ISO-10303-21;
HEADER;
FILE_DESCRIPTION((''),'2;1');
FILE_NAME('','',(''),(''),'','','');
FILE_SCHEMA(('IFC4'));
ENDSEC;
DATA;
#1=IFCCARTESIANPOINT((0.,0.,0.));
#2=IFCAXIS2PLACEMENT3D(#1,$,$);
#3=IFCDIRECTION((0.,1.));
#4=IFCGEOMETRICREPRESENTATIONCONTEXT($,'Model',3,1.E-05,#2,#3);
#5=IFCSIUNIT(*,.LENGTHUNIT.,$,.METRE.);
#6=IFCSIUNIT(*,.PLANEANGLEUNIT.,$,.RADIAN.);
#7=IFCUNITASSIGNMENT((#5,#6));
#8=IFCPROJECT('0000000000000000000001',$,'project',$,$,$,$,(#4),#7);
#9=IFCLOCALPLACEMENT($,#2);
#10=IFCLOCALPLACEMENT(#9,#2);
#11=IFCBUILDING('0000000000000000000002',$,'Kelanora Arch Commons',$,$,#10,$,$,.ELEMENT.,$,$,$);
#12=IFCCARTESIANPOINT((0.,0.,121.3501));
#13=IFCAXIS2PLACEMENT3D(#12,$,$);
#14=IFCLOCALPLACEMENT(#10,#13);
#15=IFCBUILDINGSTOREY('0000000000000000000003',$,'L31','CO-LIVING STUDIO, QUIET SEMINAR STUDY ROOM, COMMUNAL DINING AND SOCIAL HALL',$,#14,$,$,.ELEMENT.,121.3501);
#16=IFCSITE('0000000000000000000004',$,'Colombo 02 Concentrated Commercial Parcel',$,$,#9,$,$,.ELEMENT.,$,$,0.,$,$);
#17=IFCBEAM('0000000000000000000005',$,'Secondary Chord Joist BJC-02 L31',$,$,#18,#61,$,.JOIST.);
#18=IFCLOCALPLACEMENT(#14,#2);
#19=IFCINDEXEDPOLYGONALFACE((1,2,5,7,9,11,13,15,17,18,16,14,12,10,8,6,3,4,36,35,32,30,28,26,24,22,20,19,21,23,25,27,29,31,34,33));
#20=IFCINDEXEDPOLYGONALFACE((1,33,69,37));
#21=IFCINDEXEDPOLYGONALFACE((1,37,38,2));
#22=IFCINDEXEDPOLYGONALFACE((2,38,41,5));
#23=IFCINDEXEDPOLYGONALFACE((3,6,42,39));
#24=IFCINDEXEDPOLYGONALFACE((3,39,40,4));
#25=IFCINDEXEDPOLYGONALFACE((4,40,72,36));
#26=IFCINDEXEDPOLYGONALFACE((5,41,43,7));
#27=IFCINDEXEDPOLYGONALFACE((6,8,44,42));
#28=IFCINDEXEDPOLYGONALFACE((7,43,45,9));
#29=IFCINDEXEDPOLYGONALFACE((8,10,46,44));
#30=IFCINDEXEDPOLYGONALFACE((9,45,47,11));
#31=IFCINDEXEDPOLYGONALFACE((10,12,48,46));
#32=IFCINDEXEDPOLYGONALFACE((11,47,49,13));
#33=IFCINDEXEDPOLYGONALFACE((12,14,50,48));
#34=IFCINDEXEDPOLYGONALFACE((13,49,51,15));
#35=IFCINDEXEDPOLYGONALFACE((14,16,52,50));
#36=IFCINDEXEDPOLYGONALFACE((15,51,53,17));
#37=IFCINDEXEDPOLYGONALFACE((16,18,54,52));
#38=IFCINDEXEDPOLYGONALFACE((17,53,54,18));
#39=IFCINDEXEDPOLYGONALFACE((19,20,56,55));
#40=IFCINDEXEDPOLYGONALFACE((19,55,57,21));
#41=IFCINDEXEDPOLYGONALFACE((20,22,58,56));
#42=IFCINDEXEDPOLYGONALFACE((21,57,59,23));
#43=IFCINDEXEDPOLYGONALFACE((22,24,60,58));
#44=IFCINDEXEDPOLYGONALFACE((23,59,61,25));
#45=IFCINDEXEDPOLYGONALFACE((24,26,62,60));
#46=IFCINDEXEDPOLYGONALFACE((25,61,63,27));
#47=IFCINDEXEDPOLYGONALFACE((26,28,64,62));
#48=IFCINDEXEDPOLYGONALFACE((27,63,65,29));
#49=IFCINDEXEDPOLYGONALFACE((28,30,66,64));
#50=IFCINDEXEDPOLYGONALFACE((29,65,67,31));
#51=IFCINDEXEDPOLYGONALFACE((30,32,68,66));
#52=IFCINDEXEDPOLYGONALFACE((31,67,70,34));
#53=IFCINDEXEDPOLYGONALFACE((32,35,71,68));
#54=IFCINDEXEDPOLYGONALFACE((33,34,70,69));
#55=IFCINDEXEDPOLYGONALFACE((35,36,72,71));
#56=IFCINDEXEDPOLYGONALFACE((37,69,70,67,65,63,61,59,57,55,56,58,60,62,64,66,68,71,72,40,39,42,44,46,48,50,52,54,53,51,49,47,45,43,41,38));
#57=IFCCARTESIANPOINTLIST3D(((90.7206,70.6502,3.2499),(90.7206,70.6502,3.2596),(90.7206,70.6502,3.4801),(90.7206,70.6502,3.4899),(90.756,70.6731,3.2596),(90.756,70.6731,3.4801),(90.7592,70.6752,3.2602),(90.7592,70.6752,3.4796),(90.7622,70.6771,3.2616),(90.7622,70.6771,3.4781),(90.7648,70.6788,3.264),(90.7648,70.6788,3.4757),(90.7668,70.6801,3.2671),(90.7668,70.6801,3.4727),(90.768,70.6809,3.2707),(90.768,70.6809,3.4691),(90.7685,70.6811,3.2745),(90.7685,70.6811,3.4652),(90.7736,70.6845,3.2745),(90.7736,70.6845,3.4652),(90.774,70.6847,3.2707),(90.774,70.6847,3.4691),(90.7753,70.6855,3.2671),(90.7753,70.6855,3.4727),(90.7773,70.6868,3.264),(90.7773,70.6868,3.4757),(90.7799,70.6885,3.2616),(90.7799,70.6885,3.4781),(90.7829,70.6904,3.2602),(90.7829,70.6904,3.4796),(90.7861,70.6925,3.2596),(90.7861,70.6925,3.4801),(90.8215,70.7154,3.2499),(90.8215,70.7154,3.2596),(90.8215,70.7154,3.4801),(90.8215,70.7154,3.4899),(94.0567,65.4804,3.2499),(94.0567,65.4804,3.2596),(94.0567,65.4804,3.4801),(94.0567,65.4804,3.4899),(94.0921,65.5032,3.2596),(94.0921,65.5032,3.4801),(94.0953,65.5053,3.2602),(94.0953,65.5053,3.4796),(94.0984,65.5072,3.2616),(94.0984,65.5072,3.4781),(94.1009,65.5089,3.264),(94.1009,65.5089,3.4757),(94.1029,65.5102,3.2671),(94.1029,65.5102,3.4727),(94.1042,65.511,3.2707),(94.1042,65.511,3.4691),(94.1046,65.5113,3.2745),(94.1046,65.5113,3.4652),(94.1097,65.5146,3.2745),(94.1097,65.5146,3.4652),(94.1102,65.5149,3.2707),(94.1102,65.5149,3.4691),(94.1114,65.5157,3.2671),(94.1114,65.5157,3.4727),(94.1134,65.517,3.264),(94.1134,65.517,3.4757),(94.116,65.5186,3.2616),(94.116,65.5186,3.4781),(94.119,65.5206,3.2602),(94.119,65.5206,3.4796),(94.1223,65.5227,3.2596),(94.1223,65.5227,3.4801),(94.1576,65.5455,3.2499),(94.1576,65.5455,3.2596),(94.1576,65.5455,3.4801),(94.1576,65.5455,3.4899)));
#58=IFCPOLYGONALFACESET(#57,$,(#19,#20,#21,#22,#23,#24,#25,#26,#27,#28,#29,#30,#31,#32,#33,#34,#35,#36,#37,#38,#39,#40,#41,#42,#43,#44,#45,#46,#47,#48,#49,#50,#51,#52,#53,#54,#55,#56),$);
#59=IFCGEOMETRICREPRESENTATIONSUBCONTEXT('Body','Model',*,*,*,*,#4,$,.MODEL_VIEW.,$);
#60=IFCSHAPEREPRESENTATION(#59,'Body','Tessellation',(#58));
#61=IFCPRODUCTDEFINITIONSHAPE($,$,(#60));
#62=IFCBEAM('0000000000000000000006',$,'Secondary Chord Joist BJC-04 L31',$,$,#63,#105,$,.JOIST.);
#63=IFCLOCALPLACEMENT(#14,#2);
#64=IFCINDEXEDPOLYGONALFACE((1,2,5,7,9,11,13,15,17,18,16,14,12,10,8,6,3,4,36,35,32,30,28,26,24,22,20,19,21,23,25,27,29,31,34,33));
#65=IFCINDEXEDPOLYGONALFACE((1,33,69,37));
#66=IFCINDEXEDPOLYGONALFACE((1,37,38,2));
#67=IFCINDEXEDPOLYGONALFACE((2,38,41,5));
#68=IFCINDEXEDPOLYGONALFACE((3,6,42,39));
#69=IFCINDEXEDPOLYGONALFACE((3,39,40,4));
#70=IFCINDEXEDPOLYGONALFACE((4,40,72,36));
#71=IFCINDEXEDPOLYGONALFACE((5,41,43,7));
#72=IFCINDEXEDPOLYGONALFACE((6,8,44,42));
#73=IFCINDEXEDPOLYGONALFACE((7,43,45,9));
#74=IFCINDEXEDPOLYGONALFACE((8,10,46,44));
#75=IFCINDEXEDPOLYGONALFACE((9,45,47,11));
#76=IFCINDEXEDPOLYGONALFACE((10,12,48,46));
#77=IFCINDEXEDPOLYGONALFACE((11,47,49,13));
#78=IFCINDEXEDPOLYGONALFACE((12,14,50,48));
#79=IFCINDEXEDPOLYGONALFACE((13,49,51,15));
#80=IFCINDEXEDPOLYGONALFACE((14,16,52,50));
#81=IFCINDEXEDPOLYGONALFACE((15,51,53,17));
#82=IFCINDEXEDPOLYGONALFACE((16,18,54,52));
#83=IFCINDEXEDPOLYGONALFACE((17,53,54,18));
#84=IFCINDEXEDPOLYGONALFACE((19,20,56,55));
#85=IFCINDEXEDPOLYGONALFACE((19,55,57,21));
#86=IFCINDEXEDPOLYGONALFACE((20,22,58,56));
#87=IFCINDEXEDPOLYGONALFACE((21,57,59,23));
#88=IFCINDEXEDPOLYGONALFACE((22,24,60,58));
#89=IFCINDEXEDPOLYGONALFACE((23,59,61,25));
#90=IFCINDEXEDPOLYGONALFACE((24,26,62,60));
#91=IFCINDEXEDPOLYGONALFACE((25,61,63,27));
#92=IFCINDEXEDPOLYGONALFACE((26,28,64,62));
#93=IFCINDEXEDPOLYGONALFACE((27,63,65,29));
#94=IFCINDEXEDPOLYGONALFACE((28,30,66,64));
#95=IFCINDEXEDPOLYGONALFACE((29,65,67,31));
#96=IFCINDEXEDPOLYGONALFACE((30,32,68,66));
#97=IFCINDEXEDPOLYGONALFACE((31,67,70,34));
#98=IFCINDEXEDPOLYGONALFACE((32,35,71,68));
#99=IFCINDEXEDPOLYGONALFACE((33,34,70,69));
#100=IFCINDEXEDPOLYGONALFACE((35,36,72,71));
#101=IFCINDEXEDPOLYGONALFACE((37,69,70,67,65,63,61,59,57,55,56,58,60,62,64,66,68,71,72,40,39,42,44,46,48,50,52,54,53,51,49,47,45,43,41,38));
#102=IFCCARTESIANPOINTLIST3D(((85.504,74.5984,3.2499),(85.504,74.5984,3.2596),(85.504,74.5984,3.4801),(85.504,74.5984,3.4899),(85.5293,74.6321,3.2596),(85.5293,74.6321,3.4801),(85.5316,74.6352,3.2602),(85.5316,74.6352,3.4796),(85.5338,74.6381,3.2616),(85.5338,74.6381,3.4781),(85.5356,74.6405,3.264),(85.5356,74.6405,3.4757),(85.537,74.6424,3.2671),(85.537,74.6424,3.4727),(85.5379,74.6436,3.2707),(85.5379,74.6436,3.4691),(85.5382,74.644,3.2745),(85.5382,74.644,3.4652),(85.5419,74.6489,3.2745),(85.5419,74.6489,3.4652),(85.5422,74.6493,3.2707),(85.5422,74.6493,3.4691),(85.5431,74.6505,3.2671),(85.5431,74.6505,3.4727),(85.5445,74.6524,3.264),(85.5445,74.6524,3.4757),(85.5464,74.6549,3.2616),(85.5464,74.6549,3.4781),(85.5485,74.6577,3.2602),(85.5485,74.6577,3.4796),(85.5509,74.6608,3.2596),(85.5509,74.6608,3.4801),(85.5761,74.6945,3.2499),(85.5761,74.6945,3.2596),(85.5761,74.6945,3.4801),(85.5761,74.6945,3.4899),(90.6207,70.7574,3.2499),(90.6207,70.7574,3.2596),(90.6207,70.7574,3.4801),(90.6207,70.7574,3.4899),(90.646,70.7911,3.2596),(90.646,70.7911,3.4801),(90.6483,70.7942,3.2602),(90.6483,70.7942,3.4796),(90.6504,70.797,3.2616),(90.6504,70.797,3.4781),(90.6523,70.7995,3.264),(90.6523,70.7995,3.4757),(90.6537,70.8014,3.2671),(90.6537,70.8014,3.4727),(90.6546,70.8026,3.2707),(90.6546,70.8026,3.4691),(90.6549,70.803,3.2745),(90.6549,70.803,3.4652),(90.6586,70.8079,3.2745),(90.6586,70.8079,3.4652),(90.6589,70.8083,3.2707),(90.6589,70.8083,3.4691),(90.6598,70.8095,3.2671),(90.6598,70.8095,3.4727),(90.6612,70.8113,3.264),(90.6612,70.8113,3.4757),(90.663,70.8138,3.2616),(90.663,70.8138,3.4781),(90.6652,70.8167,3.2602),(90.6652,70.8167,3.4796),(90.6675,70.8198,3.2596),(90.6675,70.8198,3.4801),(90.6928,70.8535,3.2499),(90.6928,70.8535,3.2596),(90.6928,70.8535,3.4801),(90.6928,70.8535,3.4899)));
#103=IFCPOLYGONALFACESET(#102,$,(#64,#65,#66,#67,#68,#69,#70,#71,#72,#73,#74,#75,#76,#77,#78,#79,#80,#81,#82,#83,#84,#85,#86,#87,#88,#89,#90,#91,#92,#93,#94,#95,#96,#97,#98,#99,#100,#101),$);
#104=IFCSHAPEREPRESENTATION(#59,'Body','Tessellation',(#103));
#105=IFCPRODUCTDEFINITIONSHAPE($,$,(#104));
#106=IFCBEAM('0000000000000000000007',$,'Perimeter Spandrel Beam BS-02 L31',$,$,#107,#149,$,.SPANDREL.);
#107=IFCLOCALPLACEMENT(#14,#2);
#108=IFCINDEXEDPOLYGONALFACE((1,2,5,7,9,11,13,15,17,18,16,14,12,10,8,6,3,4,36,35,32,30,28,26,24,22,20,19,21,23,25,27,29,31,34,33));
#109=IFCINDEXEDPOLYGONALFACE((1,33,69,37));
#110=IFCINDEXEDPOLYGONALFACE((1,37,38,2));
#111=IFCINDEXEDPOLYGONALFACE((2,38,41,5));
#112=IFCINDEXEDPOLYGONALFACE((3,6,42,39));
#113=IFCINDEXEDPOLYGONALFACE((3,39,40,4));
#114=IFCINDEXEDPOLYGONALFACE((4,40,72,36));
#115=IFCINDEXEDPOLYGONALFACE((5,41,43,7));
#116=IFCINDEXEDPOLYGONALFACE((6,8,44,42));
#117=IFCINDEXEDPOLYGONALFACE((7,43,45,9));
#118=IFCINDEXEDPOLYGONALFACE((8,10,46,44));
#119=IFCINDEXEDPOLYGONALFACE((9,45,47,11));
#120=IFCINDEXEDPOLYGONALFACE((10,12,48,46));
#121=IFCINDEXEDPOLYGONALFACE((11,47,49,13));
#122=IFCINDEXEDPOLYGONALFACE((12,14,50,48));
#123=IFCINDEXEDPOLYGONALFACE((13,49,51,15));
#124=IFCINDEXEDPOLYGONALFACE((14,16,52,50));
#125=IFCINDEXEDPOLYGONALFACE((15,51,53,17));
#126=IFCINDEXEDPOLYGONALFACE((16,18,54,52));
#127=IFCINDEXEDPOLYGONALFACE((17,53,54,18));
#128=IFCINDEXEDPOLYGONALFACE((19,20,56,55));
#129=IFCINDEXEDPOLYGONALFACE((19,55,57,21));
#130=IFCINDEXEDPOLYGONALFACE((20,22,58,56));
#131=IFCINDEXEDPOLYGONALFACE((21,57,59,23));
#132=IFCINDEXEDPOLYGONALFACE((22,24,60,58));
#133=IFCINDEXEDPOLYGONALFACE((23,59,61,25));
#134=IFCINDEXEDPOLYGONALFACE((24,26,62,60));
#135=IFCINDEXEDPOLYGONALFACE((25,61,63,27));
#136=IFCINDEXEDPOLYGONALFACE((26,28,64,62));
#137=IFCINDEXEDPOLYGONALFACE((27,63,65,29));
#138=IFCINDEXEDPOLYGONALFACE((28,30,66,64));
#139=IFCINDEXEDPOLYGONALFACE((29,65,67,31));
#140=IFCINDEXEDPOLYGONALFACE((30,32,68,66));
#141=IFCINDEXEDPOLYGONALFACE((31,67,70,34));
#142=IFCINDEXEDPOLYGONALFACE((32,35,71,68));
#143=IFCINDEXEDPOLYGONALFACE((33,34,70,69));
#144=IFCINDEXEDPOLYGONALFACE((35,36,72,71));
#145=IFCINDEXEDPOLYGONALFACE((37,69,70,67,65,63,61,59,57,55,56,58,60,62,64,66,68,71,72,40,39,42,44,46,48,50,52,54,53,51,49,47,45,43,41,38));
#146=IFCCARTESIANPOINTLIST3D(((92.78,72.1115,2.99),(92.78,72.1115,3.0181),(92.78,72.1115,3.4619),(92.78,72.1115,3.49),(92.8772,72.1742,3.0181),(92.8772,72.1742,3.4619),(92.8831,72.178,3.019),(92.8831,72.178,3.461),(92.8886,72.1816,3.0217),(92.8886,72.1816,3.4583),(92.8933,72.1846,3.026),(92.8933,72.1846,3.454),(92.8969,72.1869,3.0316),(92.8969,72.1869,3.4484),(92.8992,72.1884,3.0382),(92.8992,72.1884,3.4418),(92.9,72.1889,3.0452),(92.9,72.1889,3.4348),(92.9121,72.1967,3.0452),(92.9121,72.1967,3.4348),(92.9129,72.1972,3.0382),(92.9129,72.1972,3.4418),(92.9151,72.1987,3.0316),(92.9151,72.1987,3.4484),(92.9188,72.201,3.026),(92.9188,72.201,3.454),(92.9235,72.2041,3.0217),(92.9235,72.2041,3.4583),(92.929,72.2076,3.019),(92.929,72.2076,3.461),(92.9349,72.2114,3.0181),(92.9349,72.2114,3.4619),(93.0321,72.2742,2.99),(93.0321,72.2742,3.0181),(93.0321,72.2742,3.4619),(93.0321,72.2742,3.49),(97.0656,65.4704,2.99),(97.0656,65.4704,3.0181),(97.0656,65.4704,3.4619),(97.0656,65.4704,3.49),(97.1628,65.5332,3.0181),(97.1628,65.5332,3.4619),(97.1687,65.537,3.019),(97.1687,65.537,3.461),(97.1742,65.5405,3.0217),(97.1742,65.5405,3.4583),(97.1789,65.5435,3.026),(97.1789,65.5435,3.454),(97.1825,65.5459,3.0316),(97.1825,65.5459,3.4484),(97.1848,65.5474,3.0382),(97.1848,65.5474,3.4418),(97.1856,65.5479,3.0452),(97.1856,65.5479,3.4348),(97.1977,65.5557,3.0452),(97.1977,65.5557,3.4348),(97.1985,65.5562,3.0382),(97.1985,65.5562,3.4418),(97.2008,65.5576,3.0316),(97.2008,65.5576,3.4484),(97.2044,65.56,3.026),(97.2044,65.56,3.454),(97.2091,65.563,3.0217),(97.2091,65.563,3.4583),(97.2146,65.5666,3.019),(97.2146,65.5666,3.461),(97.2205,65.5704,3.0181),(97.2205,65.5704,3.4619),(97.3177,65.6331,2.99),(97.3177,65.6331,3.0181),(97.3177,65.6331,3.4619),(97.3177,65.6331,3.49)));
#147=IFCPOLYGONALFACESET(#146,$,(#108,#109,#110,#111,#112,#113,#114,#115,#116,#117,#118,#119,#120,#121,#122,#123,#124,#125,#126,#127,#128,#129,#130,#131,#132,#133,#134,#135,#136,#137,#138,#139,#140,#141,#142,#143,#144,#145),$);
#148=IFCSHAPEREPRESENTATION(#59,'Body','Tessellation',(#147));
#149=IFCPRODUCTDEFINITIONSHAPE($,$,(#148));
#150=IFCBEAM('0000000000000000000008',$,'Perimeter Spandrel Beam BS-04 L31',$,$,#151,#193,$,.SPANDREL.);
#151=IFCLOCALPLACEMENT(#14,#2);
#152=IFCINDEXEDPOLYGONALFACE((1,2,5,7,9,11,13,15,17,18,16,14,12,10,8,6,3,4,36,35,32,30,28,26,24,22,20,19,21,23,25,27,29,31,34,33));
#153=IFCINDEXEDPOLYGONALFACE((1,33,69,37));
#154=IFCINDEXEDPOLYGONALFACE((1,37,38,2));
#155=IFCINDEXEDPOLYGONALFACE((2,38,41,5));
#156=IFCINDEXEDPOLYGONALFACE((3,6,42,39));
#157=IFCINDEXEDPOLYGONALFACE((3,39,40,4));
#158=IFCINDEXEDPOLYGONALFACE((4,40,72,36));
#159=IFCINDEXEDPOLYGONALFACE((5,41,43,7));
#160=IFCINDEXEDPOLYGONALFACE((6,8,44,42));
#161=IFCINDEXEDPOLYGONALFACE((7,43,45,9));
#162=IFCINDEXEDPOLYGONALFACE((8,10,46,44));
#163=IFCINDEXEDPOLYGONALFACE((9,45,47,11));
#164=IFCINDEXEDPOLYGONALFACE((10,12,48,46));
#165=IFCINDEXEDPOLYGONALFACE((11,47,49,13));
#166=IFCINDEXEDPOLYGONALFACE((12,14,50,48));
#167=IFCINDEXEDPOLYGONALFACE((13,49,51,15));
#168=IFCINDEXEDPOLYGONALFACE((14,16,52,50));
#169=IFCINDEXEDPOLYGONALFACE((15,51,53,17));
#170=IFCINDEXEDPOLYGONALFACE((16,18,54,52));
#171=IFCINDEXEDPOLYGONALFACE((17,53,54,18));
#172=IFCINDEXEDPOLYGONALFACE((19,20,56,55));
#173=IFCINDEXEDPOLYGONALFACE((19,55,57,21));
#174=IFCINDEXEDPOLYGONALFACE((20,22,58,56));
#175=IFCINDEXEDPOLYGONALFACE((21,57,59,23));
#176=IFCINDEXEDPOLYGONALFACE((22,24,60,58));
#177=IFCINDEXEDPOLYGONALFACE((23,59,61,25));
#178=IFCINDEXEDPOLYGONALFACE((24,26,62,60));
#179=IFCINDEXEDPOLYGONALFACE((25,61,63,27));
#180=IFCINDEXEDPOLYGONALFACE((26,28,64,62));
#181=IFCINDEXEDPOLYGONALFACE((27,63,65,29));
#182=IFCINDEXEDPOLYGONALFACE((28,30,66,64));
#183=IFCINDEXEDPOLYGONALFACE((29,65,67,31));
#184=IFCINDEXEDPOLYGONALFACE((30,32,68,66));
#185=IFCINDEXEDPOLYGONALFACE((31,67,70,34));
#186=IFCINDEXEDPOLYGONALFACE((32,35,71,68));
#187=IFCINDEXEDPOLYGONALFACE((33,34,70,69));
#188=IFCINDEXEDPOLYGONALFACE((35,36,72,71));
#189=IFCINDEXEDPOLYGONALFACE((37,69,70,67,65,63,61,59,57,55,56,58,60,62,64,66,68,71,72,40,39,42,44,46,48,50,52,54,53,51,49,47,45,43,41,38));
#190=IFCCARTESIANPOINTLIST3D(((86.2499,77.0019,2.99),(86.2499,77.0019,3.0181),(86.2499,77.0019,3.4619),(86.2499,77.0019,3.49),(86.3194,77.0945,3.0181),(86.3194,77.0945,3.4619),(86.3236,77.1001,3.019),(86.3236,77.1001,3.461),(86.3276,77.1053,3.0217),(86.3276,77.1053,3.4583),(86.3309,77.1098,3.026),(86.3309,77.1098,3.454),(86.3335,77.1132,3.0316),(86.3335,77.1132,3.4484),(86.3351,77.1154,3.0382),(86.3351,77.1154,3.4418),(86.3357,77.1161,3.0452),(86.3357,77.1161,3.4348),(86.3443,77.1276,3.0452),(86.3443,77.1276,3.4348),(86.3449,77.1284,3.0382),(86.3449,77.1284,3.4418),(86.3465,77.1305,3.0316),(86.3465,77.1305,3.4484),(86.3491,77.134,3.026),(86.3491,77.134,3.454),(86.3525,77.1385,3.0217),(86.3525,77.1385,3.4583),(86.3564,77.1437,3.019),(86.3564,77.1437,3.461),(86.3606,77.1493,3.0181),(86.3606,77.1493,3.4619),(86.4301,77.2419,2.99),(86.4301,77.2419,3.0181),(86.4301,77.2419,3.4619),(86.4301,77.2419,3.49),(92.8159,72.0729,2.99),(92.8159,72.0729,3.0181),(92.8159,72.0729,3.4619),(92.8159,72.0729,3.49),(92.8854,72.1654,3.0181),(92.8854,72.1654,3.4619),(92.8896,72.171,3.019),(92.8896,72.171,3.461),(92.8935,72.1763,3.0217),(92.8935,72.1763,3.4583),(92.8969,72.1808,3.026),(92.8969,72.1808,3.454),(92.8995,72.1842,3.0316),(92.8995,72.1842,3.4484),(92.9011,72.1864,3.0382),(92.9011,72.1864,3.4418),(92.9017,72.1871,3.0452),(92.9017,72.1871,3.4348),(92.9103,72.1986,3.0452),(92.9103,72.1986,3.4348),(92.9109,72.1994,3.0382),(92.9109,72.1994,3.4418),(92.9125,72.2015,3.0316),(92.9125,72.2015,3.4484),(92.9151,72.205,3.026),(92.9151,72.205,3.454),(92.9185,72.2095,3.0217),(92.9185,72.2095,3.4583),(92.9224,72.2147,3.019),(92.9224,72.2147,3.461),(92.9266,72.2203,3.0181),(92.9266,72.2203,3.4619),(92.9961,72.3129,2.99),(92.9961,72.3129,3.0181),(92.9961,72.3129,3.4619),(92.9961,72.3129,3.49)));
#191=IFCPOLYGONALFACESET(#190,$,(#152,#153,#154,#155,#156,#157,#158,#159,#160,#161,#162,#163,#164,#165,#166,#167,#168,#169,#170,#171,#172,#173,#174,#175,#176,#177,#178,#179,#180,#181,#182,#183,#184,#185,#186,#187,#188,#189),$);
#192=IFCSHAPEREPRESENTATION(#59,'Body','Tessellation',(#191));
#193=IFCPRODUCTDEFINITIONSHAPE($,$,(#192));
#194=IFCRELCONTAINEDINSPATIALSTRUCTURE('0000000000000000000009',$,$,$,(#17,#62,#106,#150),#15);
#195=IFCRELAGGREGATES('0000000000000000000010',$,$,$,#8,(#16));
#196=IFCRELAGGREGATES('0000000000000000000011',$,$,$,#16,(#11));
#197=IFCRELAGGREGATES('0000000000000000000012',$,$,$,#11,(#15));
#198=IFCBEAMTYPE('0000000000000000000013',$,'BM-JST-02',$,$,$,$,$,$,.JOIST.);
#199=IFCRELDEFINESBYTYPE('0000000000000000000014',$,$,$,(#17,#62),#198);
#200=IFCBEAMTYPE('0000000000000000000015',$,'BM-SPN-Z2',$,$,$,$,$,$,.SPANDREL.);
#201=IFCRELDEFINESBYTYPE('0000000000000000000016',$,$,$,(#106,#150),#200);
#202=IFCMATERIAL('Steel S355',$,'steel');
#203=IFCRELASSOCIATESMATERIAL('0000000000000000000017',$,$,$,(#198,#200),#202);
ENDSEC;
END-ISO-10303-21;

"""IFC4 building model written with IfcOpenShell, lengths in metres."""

from ifc_helpers import new_model, si_unit, direction, frame, origin, origin_2d, place, context, subcontext, project, spatial, i_section, extrude, material, material_profile, profile_set, type_object, element, save


model = new_model("IFC4")

# Units and contexts
model_context = context("Model", 3, precision=1e-05, world=origin(), true_north=direction((0.0, 1.0)))
body_context = subcontext(model_context, "Body", "Model", "MODEL_VIEW")
ifc_project = project(units=[si_unit("LENGTHUNIT", "METRE"), si_unit("PLANEANGLEUNIT", "RADIAN")], contexts=[model_context])

# Site, building, storey
site_placement = place(None, origin())
site = spatial("IfcSite", under=ifc_project, at=site_placement, Name="Colombo 02 Concentrated Commercial Parcel", CompositionType="ELEMENT", RefElevation=0.0)
building_placement = place(site_placement, origin())
building = spatial("IfcBuilding", under=site, at=building_placement, Name="Kelanora Arch Commons", CompositionType="ELEMENT")
storey_placement = place(building_placement, frame((0.0, 0.0, 121.3501)))
storey = spatial("IfcBuildingStorey", under=building, at=storey_placement, Name="L31", Description="CO-LIVING STUDIO, QUIET SEMINAR STUDY ROOM, COMMUNAL DINING AND SOCIAL HALL", CompositionType="ELEMENT", Elevation=121.3501)

# Beams
ifc_material_1 = material(Name="Steel S355", Category="steel")
ifc_material_profile_1 = material_profile(ifc_material_1, i_section(OverallWidth=0.1201, OverallDepth=0.24, WebThickness=0.0061, FlangeThickness=0.0098, FilletRadius=0.0149, at=origin_2d()), Name="IPE240")
ifc_profile_set_1 = profile_set([ifc_material_profile_1], Name="Steel S355")
beam_type_1 = type_object("IfcBeamType", Name="BM-JST-02", PredefinedType="JOIST", material=ifc_profile_set_1)
beam_1_placement = place(storey_placement, frame((94.1072, 65.5129, 3.3699), z_axis=(-0.542213, 0.840241, 0.0), x_axis=(-0.840241, -0.542213, 0.0)))
element("IfcBeam", 1, at=beam_1_placement, inside=storey, type_object=beam_type_1, Name="Secondary Chord Joist BJC-02 L31", PredefinedType="JOIST", context=body_context, shape_type="SweptSolid", body=[
    extrude(i_section(OverallWidth=0.1201, OverallDepth=0.24, WebThickness=0.0061, FlangeThickness=0.0098, FilletRadius=0.0149, at=origin_2d()), origin(), (0.0, 0.0, 1.0), 6.1528),
])
beam_2_placement = place(storey_placement, frame((90.6567, 70.8054, 3.3699), z_axis=(-0.799734, 0.600354, 0.0), x_axis=(-0.600354, -0.799734, 0.0)))
element("IfcBeam", 2, at=beam_2_placement, inside=storey, type_object=beam_type_1, Name="Secondary Chord Joist BJC-04 L31", PredefinedType="JOIST", context=body_context, shape_type="SweptSolid", body=[
    extrude(i_section(OverallWidth=0.1201, OverallDepth=0.24, WebThickness=0.0061, FlangeThickness=0.0098, FilletRadius=0.0149, at=origin_2d()), origin(), (0.0, 0.0, 1.0), 6.3979),
])
ifc_material_profile_2 = material_profile(ifc_material_1, i_section(OverallWidth=0.3, OverallDepth=0.5, WebThickness=0.0144, FlangeThickness=0.0281, FilletRadius=0.0271, at=origin_2d()), Name="HEB500")
ifc_profile_set_2 = profile_set([ifc_material_profile_2], Name="Steel S355")
beam_type_2 = type_object("IfcBeamType", Name="BM-SPN-Z2", PredefinedType="SPANDREL", material=ifc_profile_set_2)
beam_3_placement = place(storey_placement, frame((97.1917, 65.5518, 3.24), z_axis=(-0.542221, 0.840236, 0.0), x_axis=(-0.840236, -0.542221, 0.0)))
element("IfcBeam", 3, at=beam_3_placement, inside=storey, type_object=beam_type_2, Name="Perimeter Spandrel Beam BS-02 L31", PredefinedType="SPANDREL", context=body_context, shape_type="SweptSolid", body=[
    extrude(i_section(OverallWidth=0.3, OverallDepth=0.5, WebThickness=0.0144, FlangeThickness=0.0281, FilletRadius=0.0271, at=origin_2d()), origin(), (0.0, 0.0, 1.0), 7.9038),
])
beam_4_placement = place(storey_placement, frame((92.906, 72.1929, 3.24), z_axis=(-0.799736, 0.600352, 0.0), x_axis=(-0.600352, -0.799736, 0.0)))
element("IfcBeam", 4, at=beam_4_placement, inside=storey, type_object=beam_type_2, Name="Perimeter Spandrel Beam BS-04 L31", PredefinedType="SPANDREL", context=body_context, shape_type="SweptSolid", body=[
    extrude(i_section(OverallWidth=0.3, OverallDepth=0.5, WebThickness=0.0144, FlangeThickness=0.0281, FilletRadius=0.0271, at=origin_2d()), origin(), (0.0, 0.0, 1.0), 8.2102),
])

save(model, "model.ifc")
